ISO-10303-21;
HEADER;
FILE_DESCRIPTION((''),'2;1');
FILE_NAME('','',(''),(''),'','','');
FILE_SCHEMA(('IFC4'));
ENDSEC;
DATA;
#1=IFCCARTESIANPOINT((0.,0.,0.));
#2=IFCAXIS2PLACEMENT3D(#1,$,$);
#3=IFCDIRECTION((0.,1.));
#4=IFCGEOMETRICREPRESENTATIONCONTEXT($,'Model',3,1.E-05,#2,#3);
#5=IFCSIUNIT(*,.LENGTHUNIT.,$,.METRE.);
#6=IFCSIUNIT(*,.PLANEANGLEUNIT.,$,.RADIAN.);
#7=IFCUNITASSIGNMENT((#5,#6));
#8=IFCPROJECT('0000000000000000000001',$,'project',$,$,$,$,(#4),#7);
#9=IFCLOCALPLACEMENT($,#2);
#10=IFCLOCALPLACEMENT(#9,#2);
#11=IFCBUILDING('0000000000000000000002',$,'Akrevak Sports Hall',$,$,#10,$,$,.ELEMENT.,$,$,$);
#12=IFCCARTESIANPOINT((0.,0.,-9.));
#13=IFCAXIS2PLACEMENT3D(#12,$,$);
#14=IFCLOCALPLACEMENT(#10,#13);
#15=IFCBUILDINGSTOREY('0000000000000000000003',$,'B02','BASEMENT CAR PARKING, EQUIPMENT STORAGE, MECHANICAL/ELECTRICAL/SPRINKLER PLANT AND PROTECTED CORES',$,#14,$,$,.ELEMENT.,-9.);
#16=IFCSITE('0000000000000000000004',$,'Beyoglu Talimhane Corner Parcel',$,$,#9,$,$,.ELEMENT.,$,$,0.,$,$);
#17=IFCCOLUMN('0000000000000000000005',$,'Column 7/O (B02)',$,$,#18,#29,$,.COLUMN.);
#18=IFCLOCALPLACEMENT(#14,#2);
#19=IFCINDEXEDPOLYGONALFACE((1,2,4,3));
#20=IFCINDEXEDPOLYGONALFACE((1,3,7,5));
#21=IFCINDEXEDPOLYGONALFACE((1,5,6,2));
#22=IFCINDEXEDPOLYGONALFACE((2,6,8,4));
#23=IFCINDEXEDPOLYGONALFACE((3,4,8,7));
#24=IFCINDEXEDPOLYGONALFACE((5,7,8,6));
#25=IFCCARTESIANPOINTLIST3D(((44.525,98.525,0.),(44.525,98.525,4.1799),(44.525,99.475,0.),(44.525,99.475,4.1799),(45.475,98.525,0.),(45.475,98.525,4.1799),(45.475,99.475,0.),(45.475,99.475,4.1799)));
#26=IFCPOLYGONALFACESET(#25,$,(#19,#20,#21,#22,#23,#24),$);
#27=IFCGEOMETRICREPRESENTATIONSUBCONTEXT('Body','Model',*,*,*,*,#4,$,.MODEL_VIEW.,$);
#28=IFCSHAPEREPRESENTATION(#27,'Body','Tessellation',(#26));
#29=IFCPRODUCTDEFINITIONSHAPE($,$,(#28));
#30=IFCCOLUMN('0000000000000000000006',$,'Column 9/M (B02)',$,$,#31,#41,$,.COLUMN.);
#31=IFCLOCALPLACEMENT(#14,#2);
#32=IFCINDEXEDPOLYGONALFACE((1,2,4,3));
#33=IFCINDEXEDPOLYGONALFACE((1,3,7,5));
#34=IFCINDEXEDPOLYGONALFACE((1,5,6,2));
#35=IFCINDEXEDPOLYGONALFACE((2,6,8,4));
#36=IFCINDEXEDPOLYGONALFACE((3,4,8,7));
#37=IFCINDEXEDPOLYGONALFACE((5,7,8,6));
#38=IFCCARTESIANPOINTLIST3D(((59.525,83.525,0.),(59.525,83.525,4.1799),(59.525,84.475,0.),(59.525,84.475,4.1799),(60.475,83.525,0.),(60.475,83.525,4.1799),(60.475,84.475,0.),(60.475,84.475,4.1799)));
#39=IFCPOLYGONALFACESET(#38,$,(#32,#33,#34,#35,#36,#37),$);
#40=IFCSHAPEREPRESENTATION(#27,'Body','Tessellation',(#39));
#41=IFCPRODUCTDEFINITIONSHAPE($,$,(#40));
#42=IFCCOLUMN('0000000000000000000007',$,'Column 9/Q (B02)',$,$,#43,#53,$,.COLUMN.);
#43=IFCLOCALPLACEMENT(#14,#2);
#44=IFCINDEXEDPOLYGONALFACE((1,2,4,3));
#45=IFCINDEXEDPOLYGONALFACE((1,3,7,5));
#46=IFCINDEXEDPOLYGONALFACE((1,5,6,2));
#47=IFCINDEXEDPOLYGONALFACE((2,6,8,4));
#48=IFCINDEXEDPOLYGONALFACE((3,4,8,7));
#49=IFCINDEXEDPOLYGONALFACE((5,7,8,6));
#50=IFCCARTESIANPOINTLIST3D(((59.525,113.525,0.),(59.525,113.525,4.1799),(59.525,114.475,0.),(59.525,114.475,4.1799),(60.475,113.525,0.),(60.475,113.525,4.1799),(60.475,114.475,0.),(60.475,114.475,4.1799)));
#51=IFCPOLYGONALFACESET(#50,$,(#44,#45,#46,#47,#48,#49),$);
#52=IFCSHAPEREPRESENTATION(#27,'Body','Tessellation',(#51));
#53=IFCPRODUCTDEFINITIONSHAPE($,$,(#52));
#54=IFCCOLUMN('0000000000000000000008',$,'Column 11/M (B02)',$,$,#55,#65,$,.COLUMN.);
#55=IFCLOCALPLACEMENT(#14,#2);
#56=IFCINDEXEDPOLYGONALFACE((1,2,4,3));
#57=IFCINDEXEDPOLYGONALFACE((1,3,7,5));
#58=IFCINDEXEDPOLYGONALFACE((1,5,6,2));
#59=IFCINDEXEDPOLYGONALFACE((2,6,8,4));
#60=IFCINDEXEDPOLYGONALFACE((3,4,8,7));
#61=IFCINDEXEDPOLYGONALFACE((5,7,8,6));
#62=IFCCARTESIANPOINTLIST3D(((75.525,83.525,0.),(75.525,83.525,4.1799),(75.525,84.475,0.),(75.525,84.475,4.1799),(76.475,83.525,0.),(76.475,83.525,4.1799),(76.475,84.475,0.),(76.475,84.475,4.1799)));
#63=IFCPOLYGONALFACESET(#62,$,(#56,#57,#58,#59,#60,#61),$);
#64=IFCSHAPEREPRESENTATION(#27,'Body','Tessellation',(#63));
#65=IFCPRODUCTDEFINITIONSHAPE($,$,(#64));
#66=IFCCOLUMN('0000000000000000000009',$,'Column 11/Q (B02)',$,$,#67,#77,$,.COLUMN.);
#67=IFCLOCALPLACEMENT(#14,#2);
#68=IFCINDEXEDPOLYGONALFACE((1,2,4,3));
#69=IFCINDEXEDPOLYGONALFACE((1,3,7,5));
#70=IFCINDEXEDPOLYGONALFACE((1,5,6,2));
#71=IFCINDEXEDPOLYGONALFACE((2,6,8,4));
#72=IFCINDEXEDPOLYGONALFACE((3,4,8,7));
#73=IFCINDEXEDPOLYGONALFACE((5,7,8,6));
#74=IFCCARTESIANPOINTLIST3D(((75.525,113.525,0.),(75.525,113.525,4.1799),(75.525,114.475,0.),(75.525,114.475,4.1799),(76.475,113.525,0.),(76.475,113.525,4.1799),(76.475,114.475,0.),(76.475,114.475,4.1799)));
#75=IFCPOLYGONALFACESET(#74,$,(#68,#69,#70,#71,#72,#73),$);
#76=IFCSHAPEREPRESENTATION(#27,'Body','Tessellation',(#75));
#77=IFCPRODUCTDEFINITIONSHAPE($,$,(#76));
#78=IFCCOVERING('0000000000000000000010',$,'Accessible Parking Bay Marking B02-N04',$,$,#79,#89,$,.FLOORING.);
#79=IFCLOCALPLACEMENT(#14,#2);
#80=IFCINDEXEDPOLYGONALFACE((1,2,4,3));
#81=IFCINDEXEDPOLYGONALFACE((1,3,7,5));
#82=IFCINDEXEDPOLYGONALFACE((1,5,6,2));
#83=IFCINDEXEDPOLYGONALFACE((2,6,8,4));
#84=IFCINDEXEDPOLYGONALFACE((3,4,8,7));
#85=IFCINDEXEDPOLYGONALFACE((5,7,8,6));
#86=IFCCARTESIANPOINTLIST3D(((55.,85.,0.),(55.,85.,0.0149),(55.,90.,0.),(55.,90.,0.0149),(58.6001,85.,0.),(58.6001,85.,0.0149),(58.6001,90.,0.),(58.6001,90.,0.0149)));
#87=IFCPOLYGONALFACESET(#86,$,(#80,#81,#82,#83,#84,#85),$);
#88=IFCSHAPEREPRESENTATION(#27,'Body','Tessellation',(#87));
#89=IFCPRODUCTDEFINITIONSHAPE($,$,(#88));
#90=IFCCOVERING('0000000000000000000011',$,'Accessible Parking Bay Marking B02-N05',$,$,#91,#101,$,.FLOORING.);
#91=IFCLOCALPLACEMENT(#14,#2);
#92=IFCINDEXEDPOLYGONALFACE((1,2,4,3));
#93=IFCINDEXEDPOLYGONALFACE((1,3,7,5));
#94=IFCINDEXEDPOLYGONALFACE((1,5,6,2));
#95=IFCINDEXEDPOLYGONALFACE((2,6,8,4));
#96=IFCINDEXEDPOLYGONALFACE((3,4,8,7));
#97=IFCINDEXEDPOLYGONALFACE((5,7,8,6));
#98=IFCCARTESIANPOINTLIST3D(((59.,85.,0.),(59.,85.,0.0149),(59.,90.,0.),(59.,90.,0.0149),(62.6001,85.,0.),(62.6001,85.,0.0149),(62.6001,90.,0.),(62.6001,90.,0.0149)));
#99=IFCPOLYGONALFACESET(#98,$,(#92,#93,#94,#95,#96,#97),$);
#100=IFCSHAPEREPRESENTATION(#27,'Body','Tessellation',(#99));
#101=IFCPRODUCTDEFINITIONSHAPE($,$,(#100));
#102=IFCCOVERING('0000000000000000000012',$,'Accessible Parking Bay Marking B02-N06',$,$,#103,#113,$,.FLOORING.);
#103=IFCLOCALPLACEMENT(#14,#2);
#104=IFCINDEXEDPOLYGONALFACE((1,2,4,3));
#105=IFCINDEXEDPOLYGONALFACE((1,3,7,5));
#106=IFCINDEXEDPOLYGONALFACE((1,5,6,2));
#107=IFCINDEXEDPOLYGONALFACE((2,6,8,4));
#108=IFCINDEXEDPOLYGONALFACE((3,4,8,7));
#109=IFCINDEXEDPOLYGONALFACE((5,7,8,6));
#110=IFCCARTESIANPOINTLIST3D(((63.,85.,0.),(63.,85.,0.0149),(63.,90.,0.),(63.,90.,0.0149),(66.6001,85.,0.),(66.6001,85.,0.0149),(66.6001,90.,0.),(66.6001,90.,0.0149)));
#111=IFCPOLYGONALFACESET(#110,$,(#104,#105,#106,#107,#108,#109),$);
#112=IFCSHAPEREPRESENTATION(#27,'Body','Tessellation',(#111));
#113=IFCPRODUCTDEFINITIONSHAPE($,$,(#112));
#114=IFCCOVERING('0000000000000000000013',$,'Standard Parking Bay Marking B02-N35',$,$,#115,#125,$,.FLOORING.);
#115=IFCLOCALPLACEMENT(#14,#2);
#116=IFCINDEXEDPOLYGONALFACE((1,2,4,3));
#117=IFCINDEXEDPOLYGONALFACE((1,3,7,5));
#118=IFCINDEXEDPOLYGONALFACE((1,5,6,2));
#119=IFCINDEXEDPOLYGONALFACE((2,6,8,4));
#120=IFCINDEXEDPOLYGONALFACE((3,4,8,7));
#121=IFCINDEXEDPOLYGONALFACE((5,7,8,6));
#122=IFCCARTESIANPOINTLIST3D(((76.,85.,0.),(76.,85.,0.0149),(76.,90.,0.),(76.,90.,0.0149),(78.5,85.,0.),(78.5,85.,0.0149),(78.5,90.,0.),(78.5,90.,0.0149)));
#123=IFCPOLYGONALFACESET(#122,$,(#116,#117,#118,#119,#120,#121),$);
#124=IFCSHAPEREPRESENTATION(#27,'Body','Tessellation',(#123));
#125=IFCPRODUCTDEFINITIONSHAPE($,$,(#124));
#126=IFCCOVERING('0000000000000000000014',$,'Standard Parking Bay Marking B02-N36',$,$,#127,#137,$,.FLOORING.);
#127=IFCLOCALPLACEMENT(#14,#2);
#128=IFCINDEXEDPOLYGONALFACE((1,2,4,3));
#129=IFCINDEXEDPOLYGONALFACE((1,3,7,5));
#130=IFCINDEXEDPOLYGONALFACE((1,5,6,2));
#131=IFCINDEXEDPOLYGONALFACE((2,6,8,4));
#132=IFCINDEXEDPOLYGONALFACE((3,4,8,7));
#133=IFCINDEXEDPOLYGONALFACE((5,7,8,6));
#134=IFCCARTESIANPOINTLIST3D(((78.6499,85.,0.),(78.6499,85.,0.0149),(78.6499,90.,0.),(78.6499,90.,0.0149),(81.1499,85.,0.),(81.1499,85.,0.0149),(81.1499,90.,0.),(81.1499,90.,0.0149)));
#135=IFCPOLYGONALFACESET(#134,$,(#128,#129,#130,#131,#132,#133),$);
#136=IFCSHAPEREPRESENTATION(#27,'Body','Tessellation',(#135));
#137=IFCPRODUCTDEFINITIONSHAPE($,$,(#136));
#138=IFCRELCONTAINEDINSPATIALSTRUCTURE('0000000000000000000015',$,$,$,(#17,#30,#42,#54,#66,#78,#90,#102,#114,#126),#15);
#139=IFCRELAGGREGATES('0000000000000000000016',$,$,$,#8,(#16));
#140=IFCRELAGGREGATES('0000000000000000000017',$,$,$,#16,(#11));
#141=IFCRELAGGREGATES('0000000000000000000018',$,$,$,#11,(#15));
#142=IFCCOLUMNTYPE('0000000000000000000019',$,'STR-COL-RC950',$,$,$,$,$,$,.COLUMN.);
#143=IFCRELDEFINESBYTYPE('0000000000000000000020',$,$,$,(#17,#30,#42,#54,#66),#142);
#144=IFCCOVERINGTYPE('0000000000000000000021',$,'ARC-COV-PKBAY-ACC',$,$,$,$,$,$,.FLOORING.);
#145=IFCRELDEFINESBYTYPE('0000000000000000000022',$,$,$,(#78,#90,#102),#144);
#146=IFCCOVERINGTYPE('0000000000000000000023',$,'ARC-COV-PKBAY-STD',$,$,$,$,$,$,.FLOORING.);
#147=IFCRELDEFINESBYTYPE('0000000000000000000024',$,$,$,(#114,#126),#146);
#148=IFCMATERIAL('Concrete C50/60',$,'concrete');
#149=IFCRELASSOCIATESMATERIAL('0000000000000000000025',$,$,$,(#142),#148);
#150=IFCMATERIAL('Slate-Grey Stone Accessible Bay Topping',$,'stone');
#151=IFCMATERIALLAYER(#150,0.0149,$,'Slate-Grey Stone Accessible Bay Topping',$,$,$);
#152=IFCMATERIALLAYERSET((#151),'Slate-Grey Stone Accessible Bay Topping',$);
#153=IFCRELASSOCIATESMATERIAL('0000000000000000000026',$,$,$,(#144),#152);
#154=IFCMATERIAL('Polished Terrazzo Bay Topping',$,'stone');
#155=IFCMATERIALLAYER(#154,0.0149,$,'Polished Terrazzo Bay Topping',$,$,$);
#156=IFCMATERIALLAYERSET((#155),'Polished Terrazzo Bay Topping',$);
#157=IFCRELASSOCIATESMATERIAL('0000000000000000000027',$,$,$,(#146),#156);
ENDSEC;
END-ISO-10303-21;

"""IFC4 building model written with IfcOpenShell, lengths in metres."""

from ifc_helpers import new_model, si_unit, direction, frame, origin, origin_2d, place, context, subcontext, project, spatial, rectangle, extrude, material, layer, layer_set, material_profile, profile_set, type_object, element, save


model = new_model("IFC4")

# Units and contexts
model_context = context("Model", 3, precision=1e-05, world=origin(), true_north=direction((0.0, 1.0)))
body_context = subcontext(model_context, "Body", "Model", "MODEL_VIEW")
ifc_project = project(units=[si_unit("LENGTHUNIT", "METRE"), si_unit("PLANEANGLEUNIT", "RADIAN")], contexts=[model_context])

# Site, building, storey
site_placement = place(None, origin())
site = spatial("IfcSite", under=ifc_project, at=site_placement, Name="Beyoglu Talimhane Corner Parcel", CompositionType="ELEMENT", RefElevation=0.0)
building_placement = place(site_placement, origin())
building = spatial("IfcBuilding", under=site, at=building_placement, Name="Akrevak Sports Hall", CompositionType="ELEMENT")
storey_placement = place(building_placement, frame((0.0, 0.0, -9.0)))
storey = spatial("IfcBuildingStorey", under=building, at=storey_placement, Name="B02", Description="BASEMENT CAR PARKING, EQUIPMENT STORAGE, MECHANICAL/ELECTRICAL/SPRINKLER PLANT AND PROTECTED CORES", CompositionType="ELEMENT", Elevation=-9.0)

# Columns
ifc_material_1 = material(Name="Concrete C50/60", Category="concrete")
ifc_material_profile_1 = material_profile(ifc_material_1, rectangle(XDim=0.95, YDim=0.95, at=origin_2d()), Name="RC 950x950", Category="concrete")
ifc_profile_set_1 = profile_set([ifc_material_profile_1], Name="Concrete C50/60")
column_type_1 = type_object("IfcColumnType", Name="STR-COL-RC950", PredefinedType="COLUMN", material=ifc_profile_set_1)
for number, where, z_axis, x_axis, name in (
    (1, (45.0, 99.0, 0.0), (0.0, 0.0, 1.0), (1.0, 0.0, 0.0), "Column 7/O (B02)"),
    (2, (60.0, 84.0, 0.0), (0.0, 0.0, 1.0), (1.0, 0.0, 0.0), "Column 9/M (B02)"),
    (3, (60.0, 114.0, 0.0), (0.0, 0.0, 1.0), (1.0, 0.0, 0.0), "Column 9/Q (B02)"),
    (4, (76.0, 84.0, 0.0), (0.0, 0.0, 1.0), (1.0, 0.0, 0.0), "Column 11/M (B02)"),
    (5, (76.0, 114.0, 0.0), (0.0, 0.0, 1.0), (1.0, 0.0, 0.0), "Column 11/Q (B02)"),
):
    element("IfcColumn", number, at=place(storey_placement, frame(where, z_axis=z_axis, x_axis=x_axis)), inside=storey, type_object=column_type_1, Name=name, PredefinedType="COLUMN", context=body_context, shape_type="SweptSolid", body=[
        extrude(rectangle(XDim=0.95, YDim=0.95, at=origin_2d()), origin(), (0.0, 0.0, 1.0), 4.1799),
    ])

# Coverings
ifc_material_2 = material(Name="Slate-Grey Stone Accessible Bay Topping", Category="stone")
ifc_layer_1 = layer(ifc_material_2, 0.0149, Name="Slate-Grey Stone Accessible Bay Topping")
ifc_layer_set_1 = layer_set([ifc_layer_1], Name="Slate-Grey Stone Accessible Bay Topping")
covering_type_1 = type_object("IfcCoveringType", Name="ARC-COV-PKBAY-ACC", PredefinedType="FLOORING", material=ifc_layer_set_1)
for number, where, z_axis, x_axis, name in (
    (6, (56.8, 87.5, 0.0), (0.0, 0.0, 1.0), (1.0, 0.0, 0.0), "Accessible Parking Bay Marking B02-N04"),
    (7, (60.8, 87.5, 0.0), (0.0, 0.0, 1.0), (1.0, 0.0, 0.0), "Accessible Parking Bay Marking B02-N05"),
    (8, (64.8, 87.5, 0.0), (0.0, 0.0, 1.0), (1.0, 0.0, 0.0), "Accessible Parking Bay Marking B02-N06"),
):
    element("IfcCovering", number, at=place(storey_placement, frame(where, z_axis=z_axis, x_axis=x_axis)), inside=storey, type_object=covering_type_1, Name=name, PredefinedType="FLOORING", context=body_context, shape_type="SweptSolid", body=[
        extrude(rectangle(XDim=3.6001, YDim=5.0, at=origin_2d()), origin(), (0.0, 0.0, 1.0), 0.0149),
    ])
ifc_material_3 = material(Name="Polished Terrazzo Bay Topping", Category="stone")
ifc_layer_2 = layer(ifc_material_3, 0.0149, Name="Polished Terrazzo Bay Topping")
ifc_layer_set_2 = layer_set([ifc_layer_2], Name="Polished Terrazzo Bay Topping")
covering_type_2 = type_object("IfcCoveringType", Name="ARC-COV-PKBAY-STD", PredefinedType="FLOORING", material=ifc_layer_set_2)
for number, where, z_axis, x_axis, name in (
    (9, (77.25, 87.5, 0.0), (0.0, 0.0, 1.0), (1.0, 0.0, 0.0), "Standard Parking Bay Marking B02-N35"),
    (10, (79.8999, 87.5, 0.0), (0.0, 0.0, 1.0), (1.0, 0.0, 0.0), "Standard Parking Bay Marking B02-N36"),
):
    element("IfcCovering", number, at=place(storey_placement, frame(where, z_axis=z_axis, x_axis=x_axis)), inside=storey, type_object=covering_type_2, Name=name, PredefinedType="FLOORING", context=body_context, shape_type="SweptSolid", body=[
        extrude(rectangle(XDim=2.5, YDim=5.0, at=origin_2d()), origin(), (0.0, 0.0, 1.0), 0.0149),
    ])

save(model, "model.ifc")
